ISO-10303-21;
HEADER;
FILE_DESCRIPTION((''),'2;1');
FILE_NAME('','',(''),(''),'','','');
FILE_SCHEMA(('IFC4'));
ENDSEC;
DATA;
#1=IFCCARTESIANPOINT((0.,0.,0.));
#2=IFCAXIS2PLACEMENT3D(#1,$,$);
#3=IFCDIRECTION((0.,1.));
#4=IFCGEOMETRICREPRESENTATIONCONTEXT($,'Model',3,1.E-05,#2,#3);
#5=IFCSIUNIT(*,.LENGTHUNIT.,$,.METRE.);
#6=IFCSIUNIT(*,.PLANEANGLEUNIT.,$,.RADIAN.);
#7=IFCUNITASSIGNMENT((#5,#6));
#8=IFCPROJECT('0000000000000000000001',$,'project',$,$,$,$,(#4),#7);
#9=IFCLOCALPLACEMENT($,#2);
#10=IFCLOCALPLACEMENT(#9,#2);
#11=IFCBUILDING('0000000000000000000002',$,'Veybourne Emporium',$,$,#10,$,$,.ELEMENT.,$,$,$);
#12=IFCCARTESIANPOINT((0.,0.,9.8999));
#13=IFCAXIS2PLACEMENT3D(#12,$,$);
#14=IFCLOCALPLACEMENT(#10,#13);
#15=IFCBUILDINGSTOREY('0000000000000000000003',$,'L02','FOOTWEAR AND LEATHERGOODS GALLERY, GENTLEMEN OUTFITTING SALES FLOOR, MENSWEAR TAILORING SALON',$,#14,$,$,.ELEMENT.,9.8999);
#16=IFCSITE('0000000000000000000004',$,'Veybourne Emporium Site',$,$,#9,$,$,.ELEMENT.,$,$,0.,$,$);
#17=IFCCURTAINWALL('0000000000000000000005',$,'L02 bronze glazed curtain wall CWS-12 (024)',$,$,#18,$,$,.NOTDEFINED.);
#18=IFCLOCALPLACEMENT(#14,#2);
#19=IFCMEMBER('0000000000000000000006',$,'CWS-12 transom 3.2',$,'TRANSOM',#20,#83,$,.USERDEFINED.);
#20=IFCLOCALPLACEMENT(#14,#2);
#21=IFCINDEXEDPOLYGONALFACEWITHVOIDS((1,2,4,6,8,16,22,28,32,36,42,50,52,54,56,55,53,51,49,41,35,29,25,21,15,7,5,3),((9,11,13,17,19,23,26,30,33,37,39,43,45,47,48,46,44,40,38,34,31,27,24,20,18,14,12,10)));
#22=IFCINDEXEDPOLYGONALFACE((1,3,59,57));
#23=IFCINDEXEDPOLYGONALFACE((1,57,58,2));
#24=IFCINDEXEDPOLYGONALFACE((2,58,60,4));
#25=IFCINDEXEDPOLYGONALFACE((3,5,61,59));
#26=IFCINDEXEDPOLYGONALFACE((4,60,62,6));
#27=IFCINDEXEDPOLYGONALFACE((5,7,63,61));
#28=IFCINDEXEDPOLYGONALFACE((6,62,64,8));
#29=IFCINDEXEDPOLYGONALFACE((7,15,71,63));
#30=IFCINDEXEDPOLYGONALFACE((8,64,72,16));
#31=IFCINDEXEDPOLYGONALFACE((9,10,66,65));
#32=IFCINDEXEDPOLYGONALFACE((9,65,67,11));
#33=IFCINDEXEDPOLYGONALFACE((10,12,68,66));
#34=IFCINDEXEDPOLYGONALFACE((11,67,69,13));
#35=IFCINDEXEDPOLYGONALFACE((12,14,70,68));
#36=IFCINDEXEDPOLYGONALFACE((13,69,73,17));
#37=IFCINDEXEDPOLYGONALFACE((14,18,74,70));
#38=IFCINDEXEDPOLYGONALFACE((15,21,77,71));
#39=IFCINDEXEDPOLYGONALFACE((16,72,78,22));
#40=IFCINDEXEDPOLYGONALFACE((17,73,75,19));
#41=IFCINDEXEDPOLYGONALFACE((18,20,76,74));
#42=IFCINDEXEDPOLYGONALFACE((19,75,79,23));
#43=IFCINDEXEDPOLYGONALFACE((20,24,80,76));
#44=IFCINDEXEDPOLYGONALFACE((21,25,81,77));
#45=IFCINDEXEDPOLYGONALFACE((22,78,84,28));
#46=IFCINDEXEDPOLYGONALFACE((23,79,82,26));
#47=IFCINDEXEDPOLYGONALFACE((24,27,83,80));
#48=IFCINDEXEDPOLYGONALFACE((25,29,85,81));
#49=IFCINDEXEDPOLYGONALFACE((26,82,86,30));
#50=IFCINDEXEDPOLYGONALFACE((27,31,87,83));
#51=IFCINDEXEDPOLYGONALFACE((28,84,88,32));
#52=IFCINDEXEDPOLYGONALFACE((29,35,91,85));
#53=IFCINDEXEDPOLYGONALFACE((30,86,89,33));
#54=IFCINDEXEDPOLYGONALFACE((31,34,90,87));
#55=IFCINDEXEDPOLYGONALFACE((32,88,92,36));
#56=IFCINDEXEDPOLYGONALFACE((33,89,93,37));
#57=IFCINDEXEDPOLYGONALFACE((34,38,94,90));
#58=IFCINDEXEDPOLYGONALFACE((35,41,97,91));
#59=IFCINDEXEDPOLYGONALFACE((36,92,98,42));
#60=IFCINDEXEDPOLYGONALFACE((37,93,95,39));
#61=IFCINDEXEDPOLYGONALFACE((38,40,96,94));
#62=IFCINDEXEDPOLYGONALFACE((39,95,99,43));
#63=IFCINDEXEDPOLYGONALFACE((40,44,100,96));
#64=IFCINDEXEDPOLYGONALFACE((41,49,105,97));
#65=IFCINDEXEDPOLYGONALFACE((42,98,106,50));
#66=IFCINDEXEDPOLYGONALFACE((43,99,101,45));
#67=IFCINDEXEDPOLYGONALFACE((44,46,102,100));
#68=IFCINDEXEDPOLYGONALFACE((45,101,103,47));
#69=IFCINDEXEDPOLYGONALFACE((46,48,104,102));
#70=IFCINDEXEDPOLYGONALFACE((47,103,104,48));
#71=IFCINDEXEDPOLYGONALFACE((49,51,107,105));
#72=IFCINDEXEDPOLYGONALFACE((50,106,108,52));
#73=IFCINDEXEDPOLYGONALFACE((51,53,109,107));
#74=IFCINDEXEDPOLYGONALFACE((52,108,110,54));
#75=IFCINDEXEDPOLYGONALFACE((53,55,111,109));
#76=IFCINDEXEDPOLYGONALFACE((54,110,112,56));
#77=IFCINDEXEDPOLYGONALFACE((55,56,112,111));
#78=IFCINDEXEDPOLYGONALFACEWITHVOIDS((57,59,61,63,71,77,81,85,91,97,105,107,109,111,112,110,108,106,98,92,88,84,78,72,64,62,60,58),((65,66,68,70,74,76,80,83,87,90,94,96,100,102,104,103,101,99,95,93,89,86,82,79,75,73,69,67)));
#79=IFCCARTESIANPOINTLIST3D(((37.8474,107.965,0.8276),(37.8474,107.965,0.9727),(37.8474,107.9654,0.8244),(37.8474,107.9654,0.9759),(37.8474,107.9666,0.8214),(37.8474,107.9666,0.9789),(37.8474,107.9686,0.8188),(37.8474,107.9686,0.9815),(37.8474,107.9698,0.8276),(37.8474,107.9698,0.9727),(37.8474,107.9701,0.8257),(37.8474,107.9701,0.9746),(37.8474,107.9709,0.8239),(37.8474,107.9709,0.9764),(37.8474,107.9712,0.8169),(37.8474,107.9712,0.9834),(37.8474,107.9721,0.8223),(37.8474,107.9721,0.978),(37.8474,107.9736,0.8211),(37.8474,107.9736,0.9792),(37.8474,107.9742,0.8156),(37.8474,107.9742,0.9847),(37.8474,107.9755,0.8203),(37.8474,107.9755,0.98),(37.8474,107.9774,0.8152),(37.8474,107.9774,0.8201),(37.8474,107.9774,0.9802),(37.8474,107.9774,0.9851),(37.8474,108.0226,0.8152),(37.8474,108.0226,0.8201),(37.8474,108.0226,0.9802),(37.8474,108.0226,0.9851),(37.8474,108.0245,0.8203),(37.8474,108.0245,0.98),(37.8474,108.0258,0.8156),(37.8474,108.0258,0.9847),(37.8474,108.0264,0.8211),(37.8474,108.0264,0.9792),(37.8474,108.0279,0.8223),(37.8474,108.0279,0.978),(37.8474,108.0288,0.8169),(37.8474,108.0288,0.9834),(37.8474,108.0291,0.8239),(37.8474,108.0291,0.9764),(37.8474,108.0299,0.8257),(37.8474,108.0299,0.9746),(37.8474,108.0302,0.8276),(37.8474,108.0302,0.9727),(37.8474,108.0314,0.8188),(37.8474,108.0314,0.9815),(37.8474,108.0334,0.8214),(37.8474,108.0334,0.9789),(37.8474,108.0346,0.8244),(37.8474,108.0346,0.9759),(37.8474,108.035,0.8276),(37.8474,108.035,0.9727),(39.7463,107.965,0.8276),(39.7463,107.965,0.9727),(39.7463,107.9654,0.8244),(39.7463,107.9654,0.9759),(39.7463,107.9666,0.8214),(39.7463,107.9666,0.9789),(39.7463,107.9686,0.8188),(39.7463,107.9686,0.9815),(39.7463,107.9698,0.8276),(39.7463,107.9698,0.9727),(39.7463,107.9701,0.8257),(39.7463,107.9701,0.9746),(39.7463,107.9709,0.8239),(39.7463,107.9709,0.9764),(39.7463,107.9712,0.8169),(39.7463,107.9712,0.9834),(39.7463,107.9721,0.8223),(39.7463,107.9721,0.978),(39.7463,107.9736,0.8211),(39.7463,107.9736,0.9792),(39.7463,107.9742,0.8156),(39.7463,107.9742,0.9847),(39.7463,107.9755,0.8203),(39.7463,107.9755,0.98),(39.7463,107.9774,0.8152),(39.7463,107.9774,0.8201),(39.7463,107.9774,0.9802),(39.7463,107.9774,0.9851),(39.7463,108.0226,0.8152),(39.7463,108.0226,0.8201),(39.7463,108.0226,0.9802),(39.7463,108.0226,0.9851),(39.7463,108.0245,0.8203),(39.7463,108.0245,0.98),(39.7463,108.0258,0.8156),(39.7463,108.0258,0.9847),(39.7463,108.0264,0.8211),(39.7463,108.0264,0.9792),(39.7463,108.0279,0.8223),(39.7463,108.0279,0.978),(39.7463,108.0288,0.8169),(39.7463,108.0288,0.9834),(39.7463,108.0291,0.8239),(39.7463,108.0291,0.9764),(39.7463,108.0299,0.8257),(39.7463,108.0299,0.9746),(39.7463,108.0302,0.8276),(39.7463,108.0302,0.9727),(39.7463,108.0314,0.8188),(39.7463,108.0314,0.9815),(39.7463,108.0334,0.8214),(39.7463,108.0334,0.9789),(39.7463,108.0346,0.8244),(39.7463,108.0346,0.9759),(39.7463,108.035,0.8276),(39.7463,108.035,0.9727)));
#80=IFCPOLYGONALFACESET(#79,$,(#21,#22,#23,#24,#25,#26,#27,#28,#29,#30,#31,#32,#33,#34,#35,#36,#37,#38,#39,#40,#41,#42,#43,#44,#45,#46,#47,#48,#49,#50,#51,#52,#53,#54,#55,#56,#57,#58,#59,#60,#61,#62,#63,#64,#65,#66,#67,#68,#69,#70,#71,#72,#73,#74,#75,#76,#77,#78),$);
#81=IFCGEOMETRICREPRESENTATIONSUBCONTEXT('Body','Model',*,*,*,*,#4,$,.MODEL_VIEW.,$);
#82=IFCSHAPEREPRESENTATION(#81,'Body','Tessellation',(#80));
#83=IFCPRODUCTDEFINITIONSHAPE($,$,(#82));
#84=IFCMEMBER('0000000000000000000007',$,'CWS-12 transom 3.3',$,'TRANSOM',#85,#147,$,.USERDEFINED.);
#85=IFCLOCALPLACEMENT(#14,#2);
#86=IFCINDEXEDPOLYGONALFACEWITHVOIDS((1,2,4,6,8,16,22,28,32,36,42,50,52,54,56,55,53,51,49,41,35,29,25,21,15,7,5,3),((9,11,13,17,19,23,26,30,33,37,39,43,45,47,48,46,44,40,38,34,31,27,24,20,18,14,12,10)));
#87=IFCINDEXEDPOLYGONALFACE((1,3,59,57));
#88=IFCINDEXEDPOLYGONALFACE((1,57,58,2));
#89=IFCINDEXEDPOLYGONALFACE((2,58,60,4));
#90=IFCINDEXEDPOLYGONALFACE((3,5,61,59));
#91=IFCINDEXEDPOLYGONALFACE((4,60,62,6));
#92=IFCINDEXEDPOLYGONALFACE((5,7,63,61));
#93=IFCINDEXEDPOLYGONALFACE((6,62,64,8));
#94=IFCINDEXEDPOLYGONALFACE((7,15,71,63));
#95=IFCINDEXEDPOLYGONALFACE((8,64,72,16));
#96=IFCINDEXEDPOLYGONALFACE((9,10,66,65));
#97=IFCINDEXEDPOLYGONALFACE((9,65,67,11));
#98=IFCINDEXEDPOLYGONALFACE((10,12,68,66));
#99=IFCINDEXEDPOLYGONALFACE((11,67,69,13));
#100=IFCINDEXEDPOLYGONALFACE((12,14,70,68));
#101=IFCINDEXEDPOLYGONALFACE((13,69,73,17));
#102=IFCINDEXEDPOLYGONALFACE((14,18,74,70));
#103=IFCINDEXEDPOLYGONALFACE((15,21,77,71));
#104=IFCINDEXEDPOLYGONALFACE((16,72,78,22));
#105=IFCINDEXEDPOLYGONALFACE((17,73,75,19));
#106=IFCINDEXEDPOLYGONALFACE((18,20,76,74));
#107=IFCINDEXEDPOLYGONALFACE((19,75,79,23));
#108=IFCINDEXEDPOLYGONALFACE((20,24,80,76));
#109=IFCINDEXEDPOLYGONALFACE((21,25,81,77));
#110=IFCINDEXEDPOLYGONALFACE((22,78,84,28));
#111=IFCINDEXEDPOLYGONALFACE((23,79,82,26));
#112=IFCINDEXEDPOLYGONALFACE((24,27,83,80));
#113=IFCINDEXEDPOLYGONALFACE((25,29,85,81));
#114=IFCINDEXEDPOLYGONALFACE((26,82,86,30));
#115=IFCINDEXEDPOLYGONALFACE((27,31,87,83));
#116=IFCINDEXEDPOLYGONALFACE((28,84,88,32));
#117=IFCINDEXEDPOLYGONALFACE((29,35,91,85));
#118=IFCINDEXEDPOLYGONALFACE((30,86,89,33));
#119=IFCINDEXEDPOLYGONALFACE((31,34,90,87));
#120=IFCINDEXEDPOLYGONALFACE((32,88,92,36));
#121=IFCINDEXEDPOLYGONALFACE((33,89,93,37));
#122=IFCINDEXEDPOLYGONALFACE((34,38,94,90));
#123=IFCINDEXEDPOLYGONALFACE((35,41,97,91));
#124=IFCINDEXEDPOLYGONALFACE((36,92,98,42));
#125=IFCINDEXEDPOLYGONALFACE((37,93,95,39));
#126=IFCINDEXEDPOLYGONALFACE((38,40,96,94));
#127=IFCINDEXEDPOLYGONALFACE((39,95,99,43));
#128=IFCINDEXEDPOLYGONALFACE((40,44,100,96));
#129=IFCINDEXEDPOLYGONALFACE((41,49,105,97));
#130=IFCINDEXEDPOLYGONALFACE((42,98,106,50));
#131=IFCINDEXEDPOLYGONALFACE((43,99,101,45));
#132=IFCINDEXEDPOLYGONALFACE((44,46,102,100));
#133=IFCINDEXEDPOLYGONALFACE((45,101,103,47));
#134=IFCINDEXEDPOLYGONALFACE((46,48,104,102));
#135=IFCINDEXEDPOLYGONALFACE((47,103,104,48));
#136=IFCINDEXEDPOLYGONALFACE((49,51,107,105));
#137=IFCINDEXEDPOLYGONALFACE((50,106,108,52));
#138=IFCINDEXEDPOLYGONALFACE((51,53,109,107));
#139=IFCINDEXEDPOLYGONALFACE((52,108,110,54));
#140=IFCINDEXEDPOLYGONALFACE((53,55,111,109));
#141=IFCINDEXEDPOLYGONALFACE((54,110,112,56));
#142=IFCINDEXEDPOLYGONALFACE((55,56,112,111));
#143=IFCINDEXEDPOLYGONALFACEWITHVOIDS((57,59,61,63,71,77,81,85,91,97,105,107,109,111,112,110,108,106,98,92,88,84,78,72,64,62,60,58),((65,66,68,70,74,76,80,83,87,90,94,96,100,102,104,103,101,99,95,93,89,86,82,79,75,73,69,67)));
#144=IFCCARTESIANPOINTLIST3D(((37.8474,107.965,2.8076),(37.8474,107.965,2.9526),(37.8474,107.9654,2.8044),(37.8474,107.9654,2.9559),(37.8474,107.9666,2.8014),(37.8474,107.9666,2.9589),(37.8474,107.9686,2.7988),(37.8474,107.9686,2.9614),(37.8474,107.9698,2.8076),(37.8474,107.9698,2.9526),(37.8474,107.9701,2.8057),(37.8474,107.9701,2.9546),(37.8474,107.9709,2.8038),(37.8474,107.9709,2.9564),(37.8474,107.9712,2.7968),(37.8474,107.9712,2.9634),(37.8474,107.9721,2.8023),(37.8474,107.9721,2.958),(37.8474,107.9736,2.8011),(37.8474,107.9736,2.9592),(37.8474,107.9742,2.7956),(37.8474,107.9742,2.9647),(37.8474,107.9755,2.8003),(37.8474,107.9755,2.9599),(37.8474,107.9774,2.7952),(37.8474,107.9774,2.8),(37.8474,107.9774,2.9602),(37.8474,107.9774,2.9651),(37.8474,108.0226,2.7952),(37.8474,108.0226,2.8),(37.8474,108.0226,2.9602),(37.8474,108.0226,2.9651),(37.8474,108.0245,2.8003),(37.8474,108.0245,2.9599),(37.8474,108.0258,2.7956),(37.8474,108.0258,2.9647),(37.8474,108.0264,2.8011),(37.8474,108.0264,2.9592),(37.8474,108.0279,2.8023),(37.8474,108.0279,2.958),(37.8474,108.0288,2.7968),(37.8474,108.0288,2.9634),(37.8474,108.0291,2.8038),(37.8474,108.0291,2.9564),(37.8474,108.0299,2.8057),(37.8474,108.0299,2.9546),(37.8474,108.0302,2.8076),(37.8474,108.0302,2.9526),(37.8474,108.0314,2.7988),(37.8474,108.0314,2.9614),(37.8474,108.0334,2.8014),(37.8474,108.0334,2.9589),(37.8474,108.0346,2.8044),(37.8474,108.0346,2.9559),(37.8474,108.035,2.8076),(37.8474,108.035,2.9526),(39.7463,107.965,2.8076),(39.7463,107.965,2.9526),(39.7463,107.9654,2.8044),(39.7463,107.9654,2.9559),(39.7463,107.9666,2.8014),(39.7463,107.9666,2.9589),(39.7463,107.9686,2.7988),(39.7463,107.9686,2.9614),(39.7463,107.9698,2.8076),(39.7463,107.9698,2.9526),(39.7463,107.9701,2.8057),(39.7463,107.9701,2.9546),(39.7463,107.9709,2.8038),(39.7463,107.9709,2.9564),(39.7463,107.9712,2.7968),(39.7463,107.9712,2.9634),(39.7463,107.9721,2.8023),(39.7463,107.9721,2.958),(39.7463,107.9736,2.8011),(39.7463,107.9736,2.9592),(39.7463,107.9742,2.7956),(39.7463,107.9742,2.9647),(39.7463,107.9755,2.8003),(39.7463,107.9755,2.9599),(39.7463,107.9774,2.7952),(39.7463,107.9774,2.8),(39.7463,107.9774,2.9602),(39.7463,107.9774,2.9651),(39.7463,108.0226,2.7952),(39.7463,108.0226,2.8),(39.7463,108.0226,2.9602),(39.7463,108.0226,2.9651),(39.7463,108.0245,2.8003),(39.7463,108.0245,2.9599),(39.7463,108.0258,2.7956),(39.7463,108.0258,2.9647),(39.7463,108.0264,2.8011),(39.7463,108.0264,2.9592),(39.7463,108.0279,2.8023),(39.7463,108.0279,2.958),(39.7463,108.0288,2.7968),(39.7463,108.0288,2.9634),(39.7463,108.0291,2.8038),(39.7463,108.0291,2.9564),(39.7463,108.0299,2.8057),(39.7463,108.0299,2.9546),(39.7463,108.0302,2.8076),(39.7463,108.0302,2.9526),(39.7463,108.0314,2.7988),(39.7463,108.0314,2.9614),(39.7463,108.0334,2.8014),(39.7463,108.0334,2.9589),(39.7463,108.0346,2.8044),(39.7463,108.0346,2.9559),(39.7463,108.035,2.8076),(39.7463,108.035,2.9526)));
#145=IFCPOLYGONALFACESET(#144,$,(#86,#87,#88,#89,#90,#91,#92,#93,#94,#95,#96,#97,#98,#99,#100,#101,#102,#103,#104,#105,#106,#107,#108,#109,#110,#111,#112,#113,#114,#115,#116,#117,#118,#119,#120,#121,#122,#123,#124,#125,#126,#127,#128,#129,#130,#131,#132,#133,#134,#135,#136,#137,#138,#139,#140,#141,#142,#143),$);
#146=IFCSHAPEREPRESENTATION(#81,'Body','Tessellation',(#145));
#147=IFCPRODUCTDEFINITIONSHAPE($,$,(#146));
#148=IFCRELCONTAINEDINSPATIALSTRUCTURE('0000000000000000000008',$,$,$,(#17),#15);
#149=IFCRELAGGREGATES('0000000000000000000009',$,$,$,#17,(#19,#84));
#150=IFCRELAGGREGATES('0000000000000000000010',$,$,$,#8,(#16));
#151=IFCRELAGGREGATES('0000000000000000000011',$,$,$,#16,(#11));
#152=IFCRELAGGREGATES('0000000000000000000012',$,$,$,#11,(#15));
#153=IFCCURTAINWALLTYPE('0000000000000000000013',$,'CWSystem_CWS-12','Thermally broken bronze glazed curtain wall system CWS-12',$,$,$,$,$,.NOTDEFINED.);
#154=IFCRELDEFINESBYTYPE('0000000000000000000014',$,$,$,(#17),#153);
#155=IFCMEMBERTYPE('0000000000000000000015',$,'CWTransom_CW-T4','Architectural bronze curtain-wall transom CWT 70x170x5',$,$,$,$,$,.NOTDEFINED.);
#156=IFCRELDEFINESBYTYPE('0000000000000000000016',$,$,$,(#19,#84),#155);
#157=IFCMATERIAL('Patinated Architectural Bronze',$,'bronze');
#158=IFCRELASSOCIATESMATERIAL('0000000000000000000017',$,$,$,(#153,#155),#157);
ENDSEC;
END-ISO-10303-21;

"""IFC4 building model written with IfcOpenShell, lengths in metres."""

from ifc_helpers import new_model, si_unit, direction, frame, origin, origin_2d, place, context, subcontext, project, spatial, hollow_rectangle, extrude, material, material_profile, profile_set, type_object, element, aggregate, save


model = new_model("IFC4")

# Units and contexts
model_context = context("Model", 3, precision=1e-05, world=origin(), true_north=direction((0.0, 1.0)))
body_context = subcontext(model_context, "Body", "Model", "MODEL_VIEW")
ifc_project = project(units=[si_unit("LENGTHUNIT", "METRE"), si_unit("PLANEANGLEUNIT", "RADIAN")], contexts=[model_context])

# Site, building, storey
site_placement = place(None, origin())
site = spatial("IfcSite", under=ifc_project, at=site_placement, Name="Veybourne Emporium Site", CompositionType="ELEMENT", RefElevation=0.0)
building_placement = place(site_placement, origin())
building = spatial("IfcBuilding", under=site, at=building_placement, Name="Veybourne Emporium", CompositionType="ELEMENT")
storey_placement = place(building_placement, frame((0.0, 0.0, 9.8999)))
storey = spatial("IfcBuildingStorey", under=building, at=storey_placement, Name="L02", Description="FOOTWEAR AND LEATHERGOODS GALLERY, GENTLEMEN OUTFITTING SALES FLOOR, MENSWEAR TAILORING SALON", CompositionType="ELEMENT", Elevation=9.8999)

# Curtain wall, members
ifc_material_1 = material(Name="Patinated Architectural Bronze", Category="bronze")
curtain_wall_type = type_object("IfcCurtainWallType", Name="CWSystem_CWS-12", Description="Thermally broken bronze glazed curtain wall system CWS-12", PredefinedType="NOTDEFINED", material=ifc_material_1)
curtain_wall_placement = place(storey_placement, origin())
curtain_wall = element("IfcCurtainWall", 1, at=curtain_wall_placement, inside=storey, type_object=curtain_wall_type, Name="L02 bronze glazed curtain wall CWS-12 (024)", PredefinedType="NOTDEFINED")
ifc_material_profile_1 = material_profile(ifc_material_1, hollow_rectangle(XDim=0.0701, YDim=0.1699, WallThickness=0.0049, InnerFilletRadius=0.0076, OuterFilletRadius=0.0125, at=origin_2d()), Name="CWT 70x170x5")
ifc_profile_set_1 = profile_set([ifc_material_profile_1], Name="Patinated Architectural Bronze")
member_type_1 = type_object("IfcMemberType", Name="CWTransom_CW-T4", Description="Architectural bronze curtain-wall transom CWT 70x170x5", PredefinedType="NOTDEFINED", material=ifc_profile_set_1)
member_1_placement = place(storey_placement, frame((37.8474, 108.0, 0.9001), z_axis=(1.0, 0.0, 0.0), x_axis=(0.0, 1.0, 0.0)))
member_1 = element("IfcMember", 2, at=member_1_placement, type_object=member_type_1, Name="CWS-12 transom 3.2", ObjectType="TRANSOM", PredefinedType="USERDEFINED", context=body_context, shape_type="SweptSolid", body=[
    extrude(hollow_rectangle(XDim=0.0701, YDim=0.1699, WallThickness=0.0049, InnerFilletRadius=0.0076, OuterFilletRadius=0.0125, at=origin_2d()), origin(), (0.0, 0.0, 1.0), 1.8989),
])
member_2_placement = place(storey_placement, frame((37.8474, 108.0, 2.8801), z_axis=(1.0, 0.0, 0.0), x_axis=(0.0, 1.0, 0.0)))
member_2 = element("IfcMember", 3, at=member_2_placement, type_object=member_type_1, Name="CWS-12 transom 3.3", ObjectType="TRANSOM", PredefinedType="USERDEFINED", context=body_context, shape_type="SweptSolid", body=[
    extrude(hollow_rectangle(XDim=0.0701, YDim=0.1699, WallThickness=0.0049, InnerFilletRadius=0.0076, OuterFilletRadius=0.0125, at=origin_2d()), origin(), (0.0, 0.0, 1.0), 1.8989),
])

aggregate(curtain_wall, [member_1, member_2])

save(model, "model.ifc")
